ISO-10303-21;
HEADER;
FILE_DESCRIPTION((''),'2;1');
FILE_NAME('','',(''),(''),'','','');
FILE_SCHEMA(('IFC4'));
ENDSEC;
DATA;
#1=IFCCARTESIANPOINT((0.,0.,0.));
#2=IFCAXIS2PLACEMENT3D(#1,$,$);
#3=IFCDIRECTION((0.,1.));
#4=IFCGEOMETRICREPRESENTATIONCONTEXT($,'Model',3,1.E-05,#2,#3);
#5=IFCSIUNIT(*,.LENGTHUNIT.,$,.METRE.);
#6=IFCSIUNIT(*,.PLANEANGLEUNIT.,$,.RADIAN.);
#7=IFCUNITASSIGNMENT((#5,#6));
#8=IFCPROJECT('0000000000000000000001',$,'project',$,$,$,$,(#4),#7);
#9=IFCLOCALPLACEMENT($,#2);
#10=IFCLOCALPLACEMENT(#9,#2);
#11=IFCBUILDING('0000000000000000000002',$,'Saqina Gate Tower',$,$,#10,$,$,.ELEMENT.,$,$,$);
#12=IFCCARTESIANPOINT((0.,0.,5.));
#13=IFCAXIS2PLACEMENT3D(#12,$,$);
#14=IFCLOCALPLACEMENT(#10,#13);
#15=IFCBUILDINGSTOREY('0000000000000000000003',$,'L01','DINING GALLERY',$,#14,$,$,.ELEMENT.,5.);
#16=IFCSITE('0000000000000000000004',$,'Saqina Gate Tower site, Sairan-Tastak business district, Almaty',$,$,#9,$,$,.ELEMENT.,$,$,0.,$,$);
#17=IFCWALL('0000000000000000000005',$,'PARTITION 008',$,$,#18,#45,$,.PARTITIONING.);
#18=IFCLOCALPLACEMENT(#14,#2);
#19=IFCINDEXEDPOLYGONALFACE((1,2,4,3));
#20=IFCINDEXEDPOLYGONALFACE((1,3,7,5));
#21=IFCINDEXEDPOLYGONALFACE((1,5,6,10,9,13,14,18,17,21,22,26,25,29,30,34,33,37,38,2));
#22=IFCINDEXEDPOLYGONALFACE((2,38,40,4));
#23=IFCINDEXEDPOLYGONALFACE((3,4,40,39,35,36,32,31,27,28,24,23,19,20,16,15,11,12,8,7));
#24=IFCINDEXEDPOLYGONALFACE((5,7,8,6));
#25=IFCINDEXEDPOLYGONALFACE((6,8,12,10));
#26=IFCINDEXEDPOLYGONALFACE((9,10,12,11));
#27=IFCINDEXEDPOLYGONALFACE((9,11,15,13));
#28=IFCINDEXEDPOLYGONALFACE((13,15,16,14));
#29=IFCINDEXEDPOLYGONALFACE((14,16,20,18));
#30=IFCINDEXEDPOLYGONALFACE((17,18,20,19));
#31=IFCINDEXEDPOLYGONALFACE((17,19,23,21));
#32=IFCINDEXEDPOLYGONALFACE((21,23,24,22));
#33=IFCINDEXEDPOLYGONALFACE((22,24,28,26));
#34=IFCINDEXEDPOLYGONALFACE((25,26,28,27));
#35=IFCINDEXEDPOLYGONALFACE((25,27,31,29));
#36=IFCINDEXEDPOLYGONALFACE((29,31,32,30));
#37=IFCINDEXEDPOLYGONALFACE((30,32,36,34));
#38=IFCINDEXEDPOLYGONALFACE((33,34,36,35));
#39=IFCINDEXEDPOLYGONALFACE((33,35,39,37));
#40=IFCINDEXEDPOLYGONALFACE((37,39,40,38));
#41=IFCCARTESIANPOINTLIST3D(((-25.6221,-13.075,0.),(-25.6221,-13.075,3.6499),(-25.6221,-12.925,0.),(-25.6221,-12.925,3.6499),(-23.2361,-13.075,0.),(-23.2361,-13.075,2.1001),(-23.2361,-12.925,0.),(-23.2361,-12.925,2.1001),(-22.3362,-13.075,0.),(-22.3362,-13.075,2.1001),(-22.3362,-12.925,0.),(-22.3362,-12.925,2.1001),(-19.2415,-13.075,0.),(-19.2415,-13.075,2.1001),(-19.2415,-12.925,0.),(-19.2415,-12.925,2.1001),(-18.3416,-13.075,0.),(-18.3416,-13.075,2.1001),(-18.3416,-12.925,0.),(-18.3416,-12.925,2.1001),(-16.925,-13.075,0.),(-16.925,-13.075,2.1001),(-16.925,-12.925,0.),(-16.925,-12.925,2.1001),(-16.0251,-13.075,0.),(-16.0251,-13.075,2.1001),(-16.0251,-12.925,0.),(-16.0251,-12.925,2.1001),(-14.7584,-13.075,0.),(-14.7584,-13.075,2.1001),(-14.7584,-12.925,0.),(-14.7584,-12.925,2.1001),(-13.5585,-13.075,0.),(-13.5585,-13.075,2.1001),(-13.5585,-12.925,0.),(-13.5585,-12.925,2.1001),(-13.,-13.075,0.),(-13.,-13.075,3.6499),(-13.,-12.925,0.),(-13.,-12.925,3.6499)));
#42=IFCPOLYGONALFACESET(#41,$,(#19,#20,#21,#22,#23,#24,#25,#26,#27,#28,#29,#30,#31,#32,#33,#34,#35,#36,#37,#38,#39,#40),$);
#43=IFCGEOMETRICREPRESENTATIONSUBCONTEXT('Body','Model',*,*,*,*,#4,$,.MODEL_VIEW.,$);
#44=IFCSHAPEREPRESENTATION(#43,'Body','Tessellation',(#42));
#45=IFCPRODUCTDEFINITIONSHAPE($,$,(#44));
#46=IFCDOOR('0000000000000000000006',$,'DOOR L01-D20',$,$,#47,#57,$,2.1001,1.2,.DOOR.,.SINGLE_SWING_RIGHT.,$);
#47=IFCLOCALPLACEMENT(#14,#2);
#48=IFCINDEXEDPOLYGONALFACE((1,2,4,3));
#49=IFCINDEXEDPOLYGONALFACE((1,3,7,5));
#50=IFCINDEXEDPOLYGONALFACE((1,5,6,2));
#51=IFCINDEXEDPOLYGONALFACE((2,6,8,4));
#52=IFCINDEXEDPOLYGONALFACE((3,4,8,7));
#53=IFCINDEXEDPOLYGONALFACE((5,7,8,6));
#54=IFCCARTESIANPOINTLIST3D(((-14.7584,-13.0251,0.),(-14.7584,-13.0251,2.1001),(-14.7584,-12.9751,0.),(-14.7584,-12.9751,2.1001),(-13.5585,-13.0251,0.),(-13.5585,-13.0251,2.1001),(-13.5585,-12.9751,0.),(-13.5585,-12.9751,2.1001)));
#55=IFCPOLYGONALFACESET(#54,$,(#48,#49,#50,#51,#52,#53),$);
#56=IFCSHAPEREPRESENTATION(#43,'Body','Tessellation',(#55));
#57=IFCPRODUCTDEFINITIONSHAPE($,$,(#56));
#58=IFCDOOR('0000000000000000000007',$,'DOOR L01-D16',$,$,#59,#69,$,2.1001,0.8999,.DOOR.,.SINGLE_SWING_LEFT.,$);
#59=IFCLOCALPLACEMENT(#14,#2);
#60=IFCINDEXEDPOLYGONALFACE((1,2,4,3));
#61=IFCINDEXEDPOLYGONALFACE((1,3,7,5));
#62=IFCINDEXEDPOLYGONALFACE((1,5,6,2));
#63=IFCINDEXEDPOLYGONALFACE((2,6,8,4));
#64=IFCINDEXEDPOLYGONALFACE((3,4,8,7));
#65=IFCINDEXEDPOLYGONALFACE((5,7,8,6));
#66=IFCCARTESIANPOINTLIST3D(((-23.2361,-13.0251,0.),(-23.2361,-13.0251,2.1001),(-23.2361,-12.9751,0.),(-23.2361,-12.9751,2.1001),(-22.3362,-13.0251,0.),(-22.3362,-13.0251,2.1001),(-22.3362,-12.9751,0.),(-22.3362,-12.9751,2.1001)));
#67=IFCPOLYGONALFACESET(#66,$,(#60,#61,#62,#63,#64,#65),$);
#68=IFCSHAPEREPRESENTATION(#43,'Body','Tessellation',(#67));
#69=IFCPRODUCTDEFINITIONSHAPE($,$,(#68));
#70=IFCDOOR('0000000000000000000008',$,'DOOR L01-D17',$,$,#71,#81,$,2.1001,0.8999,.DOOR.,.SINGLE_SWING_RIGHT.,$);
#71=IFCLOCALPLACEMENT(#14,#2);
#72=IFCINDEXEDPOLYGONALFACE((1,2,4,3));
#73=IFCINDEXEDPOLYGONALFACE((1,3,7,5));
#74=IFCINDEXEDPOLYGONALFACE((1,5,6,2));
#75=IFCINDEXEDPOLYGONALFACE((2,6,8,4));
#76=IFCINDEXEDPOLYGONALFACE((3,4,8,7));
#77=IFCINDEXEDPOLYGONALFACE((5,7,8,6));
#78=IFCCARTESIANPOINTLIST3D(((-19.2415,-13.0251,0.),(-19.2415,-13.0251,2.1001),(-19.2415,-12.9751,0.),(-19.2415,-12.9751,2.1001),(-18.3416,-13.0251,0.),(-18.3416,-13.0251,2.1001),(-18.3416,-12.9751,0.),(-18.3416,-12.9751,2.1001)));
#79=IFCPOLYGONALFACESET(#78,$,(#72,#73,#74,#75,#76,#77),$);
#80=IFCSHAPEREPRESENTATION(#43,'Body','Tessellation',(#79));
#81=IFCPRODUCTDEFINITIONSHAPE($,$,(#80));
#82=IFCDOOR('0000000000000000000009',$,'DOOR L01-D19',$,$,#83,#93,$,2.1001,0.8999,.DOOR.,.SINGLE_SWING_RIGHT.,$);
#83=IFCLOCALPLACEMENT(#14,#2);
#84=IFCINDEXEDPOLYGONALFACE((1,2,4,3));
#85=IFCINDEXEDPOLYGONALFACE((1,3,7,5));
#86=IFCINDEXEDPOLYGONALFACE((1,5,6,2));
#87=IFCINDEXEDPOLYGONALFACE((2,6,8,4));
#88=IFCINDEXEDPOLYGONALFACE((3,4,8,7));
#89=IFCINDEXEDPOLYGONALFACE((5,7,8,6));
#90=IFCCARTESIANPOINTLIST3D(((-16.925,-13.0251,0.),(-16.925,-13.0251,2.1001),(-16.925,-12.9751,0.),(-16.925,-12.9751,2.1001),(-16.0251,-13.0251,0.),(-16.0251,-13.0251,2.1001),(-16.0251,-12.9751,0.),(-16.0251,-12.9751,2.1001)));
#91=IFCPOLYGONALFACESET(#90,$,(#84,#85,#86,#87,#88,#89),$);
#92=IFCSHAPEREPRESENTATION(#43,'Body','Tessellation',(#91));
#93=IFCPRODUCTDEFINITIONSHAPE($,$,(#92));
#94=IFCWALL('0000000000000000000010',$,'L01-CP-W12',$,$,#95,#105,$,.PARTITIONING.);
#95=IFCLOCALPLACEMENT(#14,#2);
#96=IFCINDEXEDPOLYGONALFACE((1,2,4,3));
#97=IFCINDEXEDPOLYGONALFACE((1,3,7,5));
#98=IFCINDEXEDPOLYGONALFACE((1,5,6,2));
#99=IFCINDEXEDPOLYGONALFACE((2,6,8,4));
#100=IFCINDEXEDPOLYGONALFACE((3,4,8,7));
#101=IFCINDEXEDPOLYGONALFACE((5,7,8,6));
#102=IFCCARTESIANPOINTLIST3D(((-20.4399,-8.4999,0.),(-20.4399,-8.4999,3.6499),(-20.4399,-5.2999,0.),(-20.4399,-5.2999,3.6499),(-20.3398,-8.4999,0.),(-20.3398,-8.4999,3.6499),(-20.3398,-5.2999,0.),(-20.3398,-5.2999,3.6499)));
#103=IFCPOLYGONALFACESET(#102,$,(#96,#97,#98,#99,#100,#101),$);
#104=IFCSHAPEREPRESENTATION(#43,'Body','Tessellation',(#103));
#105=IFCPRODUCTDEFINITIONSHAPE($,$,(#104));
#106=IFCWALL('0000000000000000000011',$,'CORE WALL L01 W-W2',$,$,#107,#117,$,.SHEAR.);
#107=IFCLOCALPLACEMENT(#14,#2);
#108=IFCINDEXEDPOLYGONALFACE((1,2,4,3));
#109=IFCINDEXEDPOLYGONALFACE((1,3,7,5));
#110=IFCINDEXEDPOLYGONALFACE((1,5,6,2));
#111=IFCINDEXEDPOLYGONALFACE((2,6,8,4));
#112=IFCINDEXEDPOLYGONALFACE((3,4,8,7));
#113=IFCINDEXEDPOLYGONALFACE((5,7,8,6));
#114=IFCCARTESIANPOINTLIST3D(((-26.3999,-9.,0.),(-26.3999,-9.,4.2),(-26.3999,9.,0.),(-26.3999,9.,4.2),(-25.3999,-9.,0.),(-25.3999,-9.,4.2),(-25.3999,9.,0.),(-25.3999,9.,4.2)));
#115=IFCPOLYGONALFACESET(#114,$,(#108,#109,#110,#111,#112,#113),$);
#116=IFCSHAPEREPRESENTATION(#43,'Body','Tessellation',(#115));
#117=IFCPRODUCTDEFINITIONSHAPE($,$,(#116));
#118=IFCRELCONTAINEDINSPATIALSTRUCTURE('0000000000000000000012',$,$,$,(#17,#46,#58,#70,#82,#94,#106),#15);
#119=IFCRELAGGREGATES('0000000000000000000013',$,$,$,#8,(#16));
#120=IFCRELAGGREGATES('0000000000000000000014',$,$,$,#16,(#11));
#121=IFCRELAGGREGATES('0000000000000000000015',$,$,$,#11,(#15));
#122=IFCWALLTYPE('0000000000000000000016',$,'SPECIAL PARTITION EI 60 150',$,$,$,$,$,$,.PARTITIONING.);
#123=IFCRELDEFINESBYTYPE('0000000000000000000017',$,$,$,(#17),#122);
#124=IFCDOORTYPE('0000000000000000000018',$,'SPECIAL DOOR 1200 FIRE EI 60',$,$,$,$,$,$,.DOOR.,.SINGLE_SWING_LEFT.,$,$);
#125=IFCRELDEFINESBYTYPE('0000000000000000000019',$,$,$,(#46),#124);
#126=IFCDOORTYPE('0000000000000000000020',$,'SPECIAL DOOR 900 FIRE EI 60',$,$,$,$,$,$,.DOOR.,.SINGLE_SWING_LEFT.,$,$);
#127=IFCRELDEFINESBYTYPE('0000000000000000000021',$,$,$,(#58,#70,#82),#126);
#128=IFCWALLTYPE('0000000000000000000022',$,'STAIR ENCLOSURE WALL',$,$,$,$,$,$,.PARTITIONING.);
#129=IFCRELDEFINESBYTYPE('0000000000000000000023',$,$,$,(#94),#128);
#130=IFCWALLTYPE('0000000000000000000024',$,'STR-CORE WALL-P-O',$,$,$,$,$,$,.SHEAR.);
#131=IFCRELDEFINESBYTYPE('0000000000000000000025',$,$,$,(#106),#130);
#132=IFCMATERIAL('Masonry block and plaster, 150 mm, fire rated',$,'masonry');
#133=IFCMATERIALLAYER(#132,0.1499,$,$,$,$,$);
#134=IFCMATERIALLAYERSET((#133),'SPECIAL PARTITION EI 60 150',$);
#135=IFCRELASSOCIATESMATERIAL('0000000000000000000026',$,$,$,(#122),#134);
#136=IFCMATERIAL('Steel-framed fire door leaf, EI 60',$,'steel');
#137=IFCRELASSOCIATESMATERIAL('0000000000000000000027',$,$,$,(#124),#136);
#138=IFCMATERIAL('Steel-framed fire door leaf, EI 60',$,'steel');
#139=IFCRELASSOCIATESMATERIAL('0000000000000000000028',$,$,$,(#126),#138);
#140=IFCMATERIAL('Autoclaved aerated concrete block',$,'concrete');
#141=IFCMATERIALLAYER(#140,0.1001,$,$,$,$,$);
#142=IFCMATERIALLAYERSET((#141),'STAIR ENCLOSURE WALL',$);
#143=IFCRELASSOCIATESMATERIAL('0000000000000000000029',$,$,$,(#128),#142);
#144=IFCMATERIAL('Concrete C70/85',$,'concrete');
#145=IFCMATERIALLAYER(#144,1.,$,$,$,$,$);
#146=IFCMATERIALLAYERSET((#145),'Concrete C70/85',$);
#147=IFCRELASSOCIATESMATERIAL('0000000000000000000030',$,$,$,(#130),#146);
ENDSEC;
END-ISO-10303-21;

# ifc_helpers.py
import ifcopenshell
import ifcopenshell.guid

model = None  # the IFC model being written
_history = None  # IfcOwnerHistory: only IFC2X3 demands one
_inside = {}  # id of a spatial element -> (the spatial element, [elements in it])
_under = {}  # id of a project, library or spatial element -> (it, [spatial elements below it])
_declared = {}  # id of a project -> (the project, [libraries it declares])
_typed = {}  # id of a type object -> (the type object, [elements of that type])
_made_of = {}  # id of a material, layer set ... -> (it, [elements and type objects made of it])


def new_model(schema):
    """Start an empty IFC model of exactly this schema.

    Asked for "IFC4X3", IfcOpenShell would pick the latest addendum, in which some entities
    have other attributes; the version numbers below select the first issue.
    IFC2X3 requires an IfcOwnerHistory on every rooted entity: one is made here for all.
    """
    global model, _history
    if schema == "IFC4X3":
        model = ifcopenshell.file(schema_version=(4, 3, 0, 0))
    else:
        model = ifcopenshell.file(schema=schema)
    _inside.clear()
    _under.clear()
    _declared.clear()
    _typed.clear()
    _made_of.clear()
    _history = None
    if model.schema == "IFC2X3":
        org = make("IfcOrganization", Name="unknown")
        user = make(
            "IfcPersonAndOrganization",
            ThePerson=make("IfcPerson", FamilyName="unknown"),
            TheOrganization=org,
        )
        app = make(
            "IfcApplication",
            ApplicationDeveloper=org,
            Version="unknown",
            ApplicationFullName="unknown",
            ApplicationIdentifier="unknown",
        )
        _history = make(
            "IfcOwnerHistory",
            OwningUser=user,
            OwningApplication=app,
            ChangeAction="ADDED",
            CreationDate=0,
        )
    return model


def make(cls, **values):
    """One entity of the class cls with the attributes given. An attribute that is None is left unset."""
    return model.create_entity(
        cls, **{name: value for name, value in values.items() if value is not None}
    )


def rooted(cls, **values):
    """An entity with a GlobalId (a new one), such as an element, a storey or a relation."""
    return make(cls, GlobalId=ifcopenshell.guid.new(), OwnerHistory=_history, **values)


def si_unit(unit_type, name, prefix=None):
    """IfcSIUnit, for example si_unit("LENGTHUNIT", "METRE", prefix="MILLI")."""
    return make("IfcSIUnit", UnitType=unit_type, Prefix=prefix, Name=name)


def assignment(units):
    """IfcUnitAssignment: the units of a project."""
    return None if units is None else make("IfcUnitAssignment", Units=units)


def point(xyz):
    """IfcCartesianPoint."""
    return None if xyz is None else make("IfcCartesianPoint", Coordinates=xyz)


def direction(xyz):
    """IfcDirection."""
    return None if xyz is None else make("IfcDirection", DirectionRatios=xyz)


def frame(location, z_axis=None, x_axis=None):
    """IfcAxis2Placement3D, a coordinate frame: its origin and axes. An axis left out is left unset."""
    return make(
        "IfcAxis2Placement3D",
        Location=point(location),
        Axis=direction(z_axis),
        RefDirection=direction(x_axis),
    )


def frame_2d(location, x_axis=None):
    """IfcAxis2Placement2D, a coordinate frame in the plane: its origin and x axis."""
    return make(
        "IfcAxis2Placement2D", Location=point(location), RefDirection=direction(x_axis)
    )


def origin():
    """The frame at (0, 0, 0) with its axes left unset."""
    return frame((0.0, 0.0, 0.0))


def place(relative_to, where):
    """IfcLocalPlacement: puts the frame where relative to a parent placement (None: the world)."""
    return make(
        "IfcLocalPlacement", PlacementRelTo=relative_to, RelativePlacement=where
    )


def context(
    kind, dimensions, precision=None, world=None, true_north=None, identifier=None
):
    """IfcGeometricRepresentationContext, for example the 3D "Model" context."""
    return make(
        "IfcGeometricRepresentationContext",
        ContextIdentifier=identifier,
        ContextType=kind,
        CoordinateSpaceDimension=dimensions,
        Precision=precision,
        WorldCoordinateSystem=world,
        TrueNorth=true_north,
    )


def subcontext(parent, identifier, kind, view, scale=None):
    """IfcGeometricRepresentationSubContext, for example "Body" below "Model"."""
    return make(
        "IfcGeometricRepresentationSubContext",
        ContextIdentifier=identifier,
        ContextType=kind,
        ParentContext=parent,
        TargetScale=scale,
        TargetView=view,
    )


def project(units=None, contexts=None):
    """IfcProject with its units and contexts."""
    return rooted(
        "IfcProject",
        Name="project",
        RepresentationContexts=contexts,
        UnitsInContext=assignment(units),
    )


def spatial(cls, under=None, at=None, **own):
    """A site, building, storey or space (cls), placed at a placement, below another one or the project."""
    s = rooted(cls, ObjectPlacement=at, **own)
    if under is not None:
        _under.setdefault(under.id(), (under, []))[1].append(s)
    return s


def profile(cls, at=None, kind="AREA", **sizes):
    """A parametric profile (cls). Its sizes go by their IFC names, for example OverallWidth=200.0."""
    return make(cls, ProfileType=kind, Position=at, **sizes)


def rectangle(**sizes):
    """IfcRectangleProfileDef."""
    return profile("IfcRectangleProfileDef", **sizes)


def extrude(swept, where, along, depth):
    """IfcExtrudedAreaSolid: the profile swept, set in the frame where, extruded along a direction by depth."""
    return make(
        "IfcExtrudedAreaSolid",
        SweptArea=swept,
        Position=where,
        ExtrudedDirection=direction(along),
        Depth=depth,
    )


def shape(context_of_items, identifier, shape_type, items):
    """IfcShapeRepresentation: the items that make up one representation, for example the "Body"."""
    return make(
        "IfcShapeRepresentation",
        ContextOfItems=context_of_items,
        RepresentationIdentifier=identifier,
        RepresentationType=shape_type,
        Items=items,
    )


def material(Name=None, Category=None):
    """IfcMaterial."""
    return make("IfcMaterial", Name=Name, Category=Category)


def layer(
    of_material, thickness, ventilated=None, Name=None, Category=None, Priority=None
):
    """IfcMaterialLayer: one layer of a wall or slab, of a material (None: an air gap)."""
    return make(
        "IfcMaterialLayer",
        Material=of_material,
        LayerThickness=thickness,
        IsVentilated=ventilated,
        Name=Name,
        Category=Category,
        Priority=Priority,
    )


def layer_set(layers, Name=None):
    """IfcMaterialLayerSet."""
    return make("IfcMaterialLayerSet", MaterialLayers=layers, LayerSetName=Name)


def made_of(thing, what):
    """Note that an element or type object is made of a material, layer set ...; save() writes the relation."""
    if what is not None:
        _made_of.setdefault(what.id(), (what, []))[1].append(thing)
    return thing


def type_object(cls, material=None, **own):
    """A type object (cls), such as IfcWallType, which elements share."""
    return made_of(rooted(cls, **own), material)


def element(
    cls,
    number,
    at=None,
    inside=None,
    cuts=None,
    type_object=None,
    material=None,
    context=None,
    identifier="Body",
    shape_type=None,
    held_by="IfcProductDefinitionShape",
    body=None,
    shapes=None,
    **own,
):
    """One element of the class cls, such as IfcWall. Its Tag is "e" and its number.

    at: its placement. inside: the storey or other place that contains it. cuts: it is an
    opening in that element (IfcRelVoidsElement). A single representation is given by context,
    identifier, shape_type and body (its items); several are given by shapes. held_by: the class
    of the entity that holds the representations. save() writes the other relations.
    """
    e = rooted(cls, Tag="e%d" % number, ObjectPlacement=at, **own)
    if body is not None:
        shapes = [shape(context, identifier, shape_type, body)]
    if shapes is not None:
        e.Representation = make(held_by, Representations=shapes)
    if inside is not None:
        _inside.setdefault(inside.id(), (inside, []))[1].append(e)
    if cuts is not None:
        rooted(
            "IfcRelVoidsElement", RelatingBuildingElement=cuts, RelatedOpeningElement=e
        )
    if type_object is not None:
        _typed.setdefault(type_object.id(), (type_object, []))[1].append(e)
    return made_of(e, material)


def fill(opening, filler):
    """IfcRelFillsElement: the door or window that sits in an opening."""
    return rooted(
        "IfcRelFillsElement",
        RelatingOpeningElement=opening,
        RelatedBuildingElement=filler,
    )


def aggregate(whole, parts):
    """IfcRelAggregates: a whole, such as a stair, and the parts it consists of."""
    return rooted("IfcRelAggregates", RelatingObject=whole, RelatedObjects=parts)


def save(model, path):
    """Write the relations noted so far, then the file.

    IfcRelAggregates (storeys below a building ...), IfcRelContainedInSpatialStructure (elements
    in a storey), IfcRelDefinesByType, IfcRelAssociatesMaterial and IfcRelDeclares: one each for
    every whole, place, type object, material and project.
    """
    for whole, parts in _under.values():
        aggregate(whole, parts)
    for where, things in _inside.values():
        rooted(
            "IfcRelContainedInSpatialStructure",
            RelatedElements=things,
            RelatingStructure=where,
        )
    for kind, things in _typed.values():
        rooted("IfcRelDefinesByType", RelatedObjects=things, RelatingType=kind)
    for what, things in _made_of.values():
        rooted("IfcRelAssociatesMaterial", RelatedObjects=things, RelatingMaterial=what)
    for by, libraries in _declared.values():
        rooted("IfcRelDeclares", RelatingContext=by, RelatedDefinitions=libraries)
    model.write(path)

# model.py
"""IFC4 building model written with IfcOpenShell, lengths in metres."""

from ifc_helpers import new_model, si_unit, direction, frame, frame_2d, origin, place, context, subcontext, project, spatial, rectangle, extrude, material, layer, layer_set, type_object, element, fill, save


model = new_model("IFC4")

# Units and contexts
model_context = context("Model", 3, precision=1e-05, world=origin(), true_north=direction((0.0, 1.0)))
body_context = subcontext(model_context, "Body", "Model", "MODEL_VIEW")
ifc_project = project(units=[si_unit("LENGTHUNIT", "METRE"), si_unit("PLANEANGLEUNIT", "RADIAN")], contexts=[model_context])

# Site, building, storey
site_placement = place(None, origin())
site = spatial("IfcSite", under=ifc_project, at=site_placement, Name="Saqina Gate Tower site, Sairan-Tastak business district, Almaty", CompositionType="ELEMENT", RefElevation=0.0)
building_placement = place(site_placement, origin())
building = spatial("IfcBuilding", under=site, at=building_placement, Name="Saqina Gate Tower", CompositionType="ELEMENT")
storey_placement = place(building_placement, frame((0.0, 0.0, 5.0)))
storey = spatial("IfcBuildingStorey", under=building, at=storey_placement, Name="L01", Description="DINING GALLERY", CompositionType="ELEMENT", Elevation=5.0)

# Wall, openings, doors
ifc_material_1 = material(Name="Masonry block and plaster, 150 mm, fire rated", Category="masonry")
ifc_layer_1 = layer(ifc_material_1, 0.1499)
ifc_layer_set_1 = layer_set([ifc_layer_1], Name="SPECIAL PARTITION EI 60 150")
wall_type_1 = type_object("IfcWallType", Name="SPECIAL PARTITION EI 60 150", PredefinedType="PARTITIONING", material=ifc_layer_set_1)
wall_1_placement = place(storey_placement, frame((-25.6221, -13.0, 0.0), z_axis=(0.0, 0.0, 1.0), x_axis=(1.0, 0.0, 0.0)))
wall_1 = element("IfcWall", 1, at=wall_1_placement, inside=storey, type_object=wall_type_1, Name="PARTITION 008", PredefinedType="PARTITIONING", context=body_context, shape_type="SweptSolid", body=[
    extrude(rectangle(XDim=12.6221, YDim=0.1499, at=frame_2d((6.311, 0.0))), origin(), (0.0, 0.0, 1.0), 3.6499),
])
opening_1_placement = place(wall_1_placement, frame((2.386, 0.0, 0.0)))
opening_1 = element("IfcOpeningElement", 2, at=opening_1_placement, cuts=wall_1, PredefinedType="OPENING", context=body_context, shape_type="SweptSolid", body=[
    extrude(rectangle(XDim=0.8999, YDim=2.1001, at=frame_2d((0.45, 1.05))), frame((0.0, 0.0869, 0.0), z_axis=(0.0, -1.0, 0.0), x_axis=(1.0, 0.0, 0.0)), (0.0, 0.0, 1.0), 0.1738),
])
opening_2_placement = place(wall_1_placement, frame((6.3806, 0.0, 0.0)))
opening_2 = element("IfcOpeningElement", 3, at=opening_2_placement, cuts=wall_1, PredefinedType="OPENING", context=body_context, shape_type="SweptSolid", body=[
    extrude(rectangle(XDim=0.8999, YDim=2.1001, at=frame_2d((0.45, 1.05))), frame((0.0, 0.0869, 0.0), z_axis=(0.0, -1.0, 0.0), x_axis=(1.0, 0.0, 0.0)), (0.0, 0.0, 1.0), 0.1738),
])
opening_3_placement = place(wall_1_placement, frame((8.697, 0.0, 0.0)))
opening_3 = element("IfcOpeningElement", 4, at=opening_3_placement, cuts=wall_1, PredefinedType="OPENING", context=body_context, shape_type="SweptSolid", body=[
    extrude(rectangle(XDim=0.8999, YDim=2.1001, at=frame_2d((0.45, 1.05))), frame((0.0, 0.0869, 0.0), z_axis=(0.0, -1.0, 0.0), x_axis=(1.0, 0.0, 0.0)), (0.0, 0.0, 1.0), 0.1738),
])
opening_4_placement = place(wall_1_placement, frame((10.8635, 0.0, 0.0)))
opening_4 = element("IfcOpeningElement", 5, at=opening_4_placement, cuts=wall_1, PredefinedType="OPENING", context=body_context, shape_type="SweptSolid", body=[
    extrude(rectangle(XDim=1.2, YDim=2.1001, at=frame_2d((0.6001, 1.05))), frame((0.0, 0.0869, 0.0), z_axis=(0.0, -1.0, 0.0), x_axis=(1.0, 0.0, 0.0)), (0.0, 0.0, 1.0), 0.1738),
])
ifc_material_2 = material(Name="Steel-framed fire door leaf, EI 60", Category="steel")
door_type_1 = type_object("IfcDoorType", Name="SPECIAL DOOR 1200 FIRE EI 60", OperationType="SINGLE_SWING_LEFT", PredefinedType="DOOR", material=ifc_material_2)
door_1_placement = place(opening_4_placement, origin())
door_1 = element("IfcDoor", 6, at=door_1_placement, inside=storey, type_object=door_type_1, Name="DOOR L01-D20", OperationType="SINGLE_SWING_RIGHT", OverallHeight=2.1001, OverallWidth=1.2, PredefinedType="DOOR", context=body_context, shape_type="SweptSolid", body=[
    extrude(rectangle(XDim=1.2, YDim=2.1001, at=frame_2d((0.6001, 1.05))), frame((0.0, 0.0249, 0.0), z_axis=(0.0, -1.0, 0.0), x_axis=(1.0, 0.0, 0.0)), (0.0, 0.0, 1.0), 0.05),
])
fill(opening_4, door_1)
ifc_material_3 = material(Name="Steel-framed fire door leaf, EI 60", Category="steel")
door_type_2 = type_object("IfcDoorType", Name="SPECIAL DOOR 900 FIRE EI 60", OperationType="SINGLE_SWING_LEFT", PredefinedType="DOOR", material=ifc_material_3)
door_2_placement = place(opening_1_placement, origin())
door_2 = element("IfcDoor", 7, at=door_2_placement, inside=storey, type_object=door_type_2, Name="DOOR L01-D16", OperationType="SINGLE_SWING_LEFT", OverallHeight=2.1001, OverallWidth=0.8999, PredefinedType="DOOR", context=body_context, shape_type="SweptSolid", body=[
    extrude(rectangle(XDim=0.8999, YDim=2.1001, at=frame_2d((0.45, 1.05))), frame((0.0, 0.0249, 0.0), z_axis=(0.0, -1.0, 0.0), x_axis=(1.0, 0.0, 0.0)), (0.0, 0.0, 1.0), 0.05),
])
fill(opening_1, door_2)
door_3_placement = place(opening_2_placement, origin())
door_3 = element("IfcDoor", 8, at=door_3_placement, inside=storey, type_object=door_type_2, Name="DOOR L01-D17", OperationType="SINGLE_SWING_RIGHT", OverallHeight=2.1001, OverallWidth=0.8999, PredefinedType="DOOR", context=body_context, shape_type="SweptSolid", body=[
    extrude(rectangle(XDim=0.8999, YDim=2.1001, at=frame_2d((0.45, 1.05))), frame((0.0, 0.0249, 0.0), z_axis=(0.0, -1.0, 0.0), x_axis=(1.0, 0.0, 0.0)), (0.0, 0.0, 1.0), 0.05),
])
fill(opening_2, door_3)
door_4_placement = place(opening_3_placement, origin())
door_4 = element("IfcDoor", 9, at=door_4_placement, inside=storey, type_object=door_type_2, Name="DOOR L01-D19", OperationType="SINGLE_SWING_RIGHT", OverallHeight=2.1001, OverallWidth=0.8999, PredefinedType="DOOR", context=body_context, shape_type="SweptSolid", body=[
    extrude(rectangle(XDim=0.8999, YDim=2.1001, at=frame_2d((0.45, 1.05))), frame((0.0, 0.0249, 0.0), z_axis=(0.0, -1.0, 0.0), x_axis=(1.0, 0.0, 0.0)), (0.0, 0.0, 1.0), 0.05),
])
fill(opening_3, door_4)

# Walls
ifc_material_4 = material(Name="Autoclaved aerated concrete block", Category="concrete")
ifc_layer_2 = layer(ifc_material_4, 0.1001)
ifc_layer_set_2 = layer_set([ifc_layer_2], Name="STAIR ENCLOSURE WALL")
wall_type_2 = type_object("IfcWallType", Name="STAIR ENCLOSURE WALL", PredefinedType="PARTITIONING", material=ifc_layer_set_2)
wall_2_placement = place(storey_placement, frame((-20.3899, -8.5, 0.0), z_axis=(0.0, 0.0, 1.0), x_axis=(0.0, 1.0, 0.0)))
element("IfcWall", 10, at=wall_2_placement, inside=storey, type_object=wall_type_2, Name="L01-CP-W12", PredefinedType="PARTITIONING", context=body_context, shape_type="SweptSolid", body=[
    extrude(rectangle(XDim=3.2, YDim=0.1001, at=frame_2d((1.6001, 0.0))), origin(), (0.0, 0.0, 1.0), 3.6499),
])
ifc_material_5 = material(Name="Concrete C70/85", Category="concrete")
ifc_layer_3 = layer(ifc_material_5, 1.0)
ifc_layer_set_3 = layer_set([ifc_layer_3], Name="Concrete C70/85")
wall_type_3 = type_object("IfcWallType", Name="STR-CORE WALL-P-O", PredefinedType="SHEAR", material=ifc_layer_set_3)
wall_3_placement = place(storey_placement, frame((-25.8999, -9.0, 0.0), z_axis=(0.0, 0.0, 1.0), x_axis=(0.0, 1.0, 0.0)))
element("IfcWall", 11, at=wall_3_placement, inside=storey, type_object=wall_type_3, Name="CORE WALL L01 W-W2", PredefinedType="SHEAR", context=body_context, shape_type="SweptSolid", body=[
    extrude(rectangle(XDim=18.0, YDim=1.0, at=frame_2d((9.0, 0.0))), origin(), (0.0, 0.0, 1.0), 4.2),
])

save(model, "model.ifc")
